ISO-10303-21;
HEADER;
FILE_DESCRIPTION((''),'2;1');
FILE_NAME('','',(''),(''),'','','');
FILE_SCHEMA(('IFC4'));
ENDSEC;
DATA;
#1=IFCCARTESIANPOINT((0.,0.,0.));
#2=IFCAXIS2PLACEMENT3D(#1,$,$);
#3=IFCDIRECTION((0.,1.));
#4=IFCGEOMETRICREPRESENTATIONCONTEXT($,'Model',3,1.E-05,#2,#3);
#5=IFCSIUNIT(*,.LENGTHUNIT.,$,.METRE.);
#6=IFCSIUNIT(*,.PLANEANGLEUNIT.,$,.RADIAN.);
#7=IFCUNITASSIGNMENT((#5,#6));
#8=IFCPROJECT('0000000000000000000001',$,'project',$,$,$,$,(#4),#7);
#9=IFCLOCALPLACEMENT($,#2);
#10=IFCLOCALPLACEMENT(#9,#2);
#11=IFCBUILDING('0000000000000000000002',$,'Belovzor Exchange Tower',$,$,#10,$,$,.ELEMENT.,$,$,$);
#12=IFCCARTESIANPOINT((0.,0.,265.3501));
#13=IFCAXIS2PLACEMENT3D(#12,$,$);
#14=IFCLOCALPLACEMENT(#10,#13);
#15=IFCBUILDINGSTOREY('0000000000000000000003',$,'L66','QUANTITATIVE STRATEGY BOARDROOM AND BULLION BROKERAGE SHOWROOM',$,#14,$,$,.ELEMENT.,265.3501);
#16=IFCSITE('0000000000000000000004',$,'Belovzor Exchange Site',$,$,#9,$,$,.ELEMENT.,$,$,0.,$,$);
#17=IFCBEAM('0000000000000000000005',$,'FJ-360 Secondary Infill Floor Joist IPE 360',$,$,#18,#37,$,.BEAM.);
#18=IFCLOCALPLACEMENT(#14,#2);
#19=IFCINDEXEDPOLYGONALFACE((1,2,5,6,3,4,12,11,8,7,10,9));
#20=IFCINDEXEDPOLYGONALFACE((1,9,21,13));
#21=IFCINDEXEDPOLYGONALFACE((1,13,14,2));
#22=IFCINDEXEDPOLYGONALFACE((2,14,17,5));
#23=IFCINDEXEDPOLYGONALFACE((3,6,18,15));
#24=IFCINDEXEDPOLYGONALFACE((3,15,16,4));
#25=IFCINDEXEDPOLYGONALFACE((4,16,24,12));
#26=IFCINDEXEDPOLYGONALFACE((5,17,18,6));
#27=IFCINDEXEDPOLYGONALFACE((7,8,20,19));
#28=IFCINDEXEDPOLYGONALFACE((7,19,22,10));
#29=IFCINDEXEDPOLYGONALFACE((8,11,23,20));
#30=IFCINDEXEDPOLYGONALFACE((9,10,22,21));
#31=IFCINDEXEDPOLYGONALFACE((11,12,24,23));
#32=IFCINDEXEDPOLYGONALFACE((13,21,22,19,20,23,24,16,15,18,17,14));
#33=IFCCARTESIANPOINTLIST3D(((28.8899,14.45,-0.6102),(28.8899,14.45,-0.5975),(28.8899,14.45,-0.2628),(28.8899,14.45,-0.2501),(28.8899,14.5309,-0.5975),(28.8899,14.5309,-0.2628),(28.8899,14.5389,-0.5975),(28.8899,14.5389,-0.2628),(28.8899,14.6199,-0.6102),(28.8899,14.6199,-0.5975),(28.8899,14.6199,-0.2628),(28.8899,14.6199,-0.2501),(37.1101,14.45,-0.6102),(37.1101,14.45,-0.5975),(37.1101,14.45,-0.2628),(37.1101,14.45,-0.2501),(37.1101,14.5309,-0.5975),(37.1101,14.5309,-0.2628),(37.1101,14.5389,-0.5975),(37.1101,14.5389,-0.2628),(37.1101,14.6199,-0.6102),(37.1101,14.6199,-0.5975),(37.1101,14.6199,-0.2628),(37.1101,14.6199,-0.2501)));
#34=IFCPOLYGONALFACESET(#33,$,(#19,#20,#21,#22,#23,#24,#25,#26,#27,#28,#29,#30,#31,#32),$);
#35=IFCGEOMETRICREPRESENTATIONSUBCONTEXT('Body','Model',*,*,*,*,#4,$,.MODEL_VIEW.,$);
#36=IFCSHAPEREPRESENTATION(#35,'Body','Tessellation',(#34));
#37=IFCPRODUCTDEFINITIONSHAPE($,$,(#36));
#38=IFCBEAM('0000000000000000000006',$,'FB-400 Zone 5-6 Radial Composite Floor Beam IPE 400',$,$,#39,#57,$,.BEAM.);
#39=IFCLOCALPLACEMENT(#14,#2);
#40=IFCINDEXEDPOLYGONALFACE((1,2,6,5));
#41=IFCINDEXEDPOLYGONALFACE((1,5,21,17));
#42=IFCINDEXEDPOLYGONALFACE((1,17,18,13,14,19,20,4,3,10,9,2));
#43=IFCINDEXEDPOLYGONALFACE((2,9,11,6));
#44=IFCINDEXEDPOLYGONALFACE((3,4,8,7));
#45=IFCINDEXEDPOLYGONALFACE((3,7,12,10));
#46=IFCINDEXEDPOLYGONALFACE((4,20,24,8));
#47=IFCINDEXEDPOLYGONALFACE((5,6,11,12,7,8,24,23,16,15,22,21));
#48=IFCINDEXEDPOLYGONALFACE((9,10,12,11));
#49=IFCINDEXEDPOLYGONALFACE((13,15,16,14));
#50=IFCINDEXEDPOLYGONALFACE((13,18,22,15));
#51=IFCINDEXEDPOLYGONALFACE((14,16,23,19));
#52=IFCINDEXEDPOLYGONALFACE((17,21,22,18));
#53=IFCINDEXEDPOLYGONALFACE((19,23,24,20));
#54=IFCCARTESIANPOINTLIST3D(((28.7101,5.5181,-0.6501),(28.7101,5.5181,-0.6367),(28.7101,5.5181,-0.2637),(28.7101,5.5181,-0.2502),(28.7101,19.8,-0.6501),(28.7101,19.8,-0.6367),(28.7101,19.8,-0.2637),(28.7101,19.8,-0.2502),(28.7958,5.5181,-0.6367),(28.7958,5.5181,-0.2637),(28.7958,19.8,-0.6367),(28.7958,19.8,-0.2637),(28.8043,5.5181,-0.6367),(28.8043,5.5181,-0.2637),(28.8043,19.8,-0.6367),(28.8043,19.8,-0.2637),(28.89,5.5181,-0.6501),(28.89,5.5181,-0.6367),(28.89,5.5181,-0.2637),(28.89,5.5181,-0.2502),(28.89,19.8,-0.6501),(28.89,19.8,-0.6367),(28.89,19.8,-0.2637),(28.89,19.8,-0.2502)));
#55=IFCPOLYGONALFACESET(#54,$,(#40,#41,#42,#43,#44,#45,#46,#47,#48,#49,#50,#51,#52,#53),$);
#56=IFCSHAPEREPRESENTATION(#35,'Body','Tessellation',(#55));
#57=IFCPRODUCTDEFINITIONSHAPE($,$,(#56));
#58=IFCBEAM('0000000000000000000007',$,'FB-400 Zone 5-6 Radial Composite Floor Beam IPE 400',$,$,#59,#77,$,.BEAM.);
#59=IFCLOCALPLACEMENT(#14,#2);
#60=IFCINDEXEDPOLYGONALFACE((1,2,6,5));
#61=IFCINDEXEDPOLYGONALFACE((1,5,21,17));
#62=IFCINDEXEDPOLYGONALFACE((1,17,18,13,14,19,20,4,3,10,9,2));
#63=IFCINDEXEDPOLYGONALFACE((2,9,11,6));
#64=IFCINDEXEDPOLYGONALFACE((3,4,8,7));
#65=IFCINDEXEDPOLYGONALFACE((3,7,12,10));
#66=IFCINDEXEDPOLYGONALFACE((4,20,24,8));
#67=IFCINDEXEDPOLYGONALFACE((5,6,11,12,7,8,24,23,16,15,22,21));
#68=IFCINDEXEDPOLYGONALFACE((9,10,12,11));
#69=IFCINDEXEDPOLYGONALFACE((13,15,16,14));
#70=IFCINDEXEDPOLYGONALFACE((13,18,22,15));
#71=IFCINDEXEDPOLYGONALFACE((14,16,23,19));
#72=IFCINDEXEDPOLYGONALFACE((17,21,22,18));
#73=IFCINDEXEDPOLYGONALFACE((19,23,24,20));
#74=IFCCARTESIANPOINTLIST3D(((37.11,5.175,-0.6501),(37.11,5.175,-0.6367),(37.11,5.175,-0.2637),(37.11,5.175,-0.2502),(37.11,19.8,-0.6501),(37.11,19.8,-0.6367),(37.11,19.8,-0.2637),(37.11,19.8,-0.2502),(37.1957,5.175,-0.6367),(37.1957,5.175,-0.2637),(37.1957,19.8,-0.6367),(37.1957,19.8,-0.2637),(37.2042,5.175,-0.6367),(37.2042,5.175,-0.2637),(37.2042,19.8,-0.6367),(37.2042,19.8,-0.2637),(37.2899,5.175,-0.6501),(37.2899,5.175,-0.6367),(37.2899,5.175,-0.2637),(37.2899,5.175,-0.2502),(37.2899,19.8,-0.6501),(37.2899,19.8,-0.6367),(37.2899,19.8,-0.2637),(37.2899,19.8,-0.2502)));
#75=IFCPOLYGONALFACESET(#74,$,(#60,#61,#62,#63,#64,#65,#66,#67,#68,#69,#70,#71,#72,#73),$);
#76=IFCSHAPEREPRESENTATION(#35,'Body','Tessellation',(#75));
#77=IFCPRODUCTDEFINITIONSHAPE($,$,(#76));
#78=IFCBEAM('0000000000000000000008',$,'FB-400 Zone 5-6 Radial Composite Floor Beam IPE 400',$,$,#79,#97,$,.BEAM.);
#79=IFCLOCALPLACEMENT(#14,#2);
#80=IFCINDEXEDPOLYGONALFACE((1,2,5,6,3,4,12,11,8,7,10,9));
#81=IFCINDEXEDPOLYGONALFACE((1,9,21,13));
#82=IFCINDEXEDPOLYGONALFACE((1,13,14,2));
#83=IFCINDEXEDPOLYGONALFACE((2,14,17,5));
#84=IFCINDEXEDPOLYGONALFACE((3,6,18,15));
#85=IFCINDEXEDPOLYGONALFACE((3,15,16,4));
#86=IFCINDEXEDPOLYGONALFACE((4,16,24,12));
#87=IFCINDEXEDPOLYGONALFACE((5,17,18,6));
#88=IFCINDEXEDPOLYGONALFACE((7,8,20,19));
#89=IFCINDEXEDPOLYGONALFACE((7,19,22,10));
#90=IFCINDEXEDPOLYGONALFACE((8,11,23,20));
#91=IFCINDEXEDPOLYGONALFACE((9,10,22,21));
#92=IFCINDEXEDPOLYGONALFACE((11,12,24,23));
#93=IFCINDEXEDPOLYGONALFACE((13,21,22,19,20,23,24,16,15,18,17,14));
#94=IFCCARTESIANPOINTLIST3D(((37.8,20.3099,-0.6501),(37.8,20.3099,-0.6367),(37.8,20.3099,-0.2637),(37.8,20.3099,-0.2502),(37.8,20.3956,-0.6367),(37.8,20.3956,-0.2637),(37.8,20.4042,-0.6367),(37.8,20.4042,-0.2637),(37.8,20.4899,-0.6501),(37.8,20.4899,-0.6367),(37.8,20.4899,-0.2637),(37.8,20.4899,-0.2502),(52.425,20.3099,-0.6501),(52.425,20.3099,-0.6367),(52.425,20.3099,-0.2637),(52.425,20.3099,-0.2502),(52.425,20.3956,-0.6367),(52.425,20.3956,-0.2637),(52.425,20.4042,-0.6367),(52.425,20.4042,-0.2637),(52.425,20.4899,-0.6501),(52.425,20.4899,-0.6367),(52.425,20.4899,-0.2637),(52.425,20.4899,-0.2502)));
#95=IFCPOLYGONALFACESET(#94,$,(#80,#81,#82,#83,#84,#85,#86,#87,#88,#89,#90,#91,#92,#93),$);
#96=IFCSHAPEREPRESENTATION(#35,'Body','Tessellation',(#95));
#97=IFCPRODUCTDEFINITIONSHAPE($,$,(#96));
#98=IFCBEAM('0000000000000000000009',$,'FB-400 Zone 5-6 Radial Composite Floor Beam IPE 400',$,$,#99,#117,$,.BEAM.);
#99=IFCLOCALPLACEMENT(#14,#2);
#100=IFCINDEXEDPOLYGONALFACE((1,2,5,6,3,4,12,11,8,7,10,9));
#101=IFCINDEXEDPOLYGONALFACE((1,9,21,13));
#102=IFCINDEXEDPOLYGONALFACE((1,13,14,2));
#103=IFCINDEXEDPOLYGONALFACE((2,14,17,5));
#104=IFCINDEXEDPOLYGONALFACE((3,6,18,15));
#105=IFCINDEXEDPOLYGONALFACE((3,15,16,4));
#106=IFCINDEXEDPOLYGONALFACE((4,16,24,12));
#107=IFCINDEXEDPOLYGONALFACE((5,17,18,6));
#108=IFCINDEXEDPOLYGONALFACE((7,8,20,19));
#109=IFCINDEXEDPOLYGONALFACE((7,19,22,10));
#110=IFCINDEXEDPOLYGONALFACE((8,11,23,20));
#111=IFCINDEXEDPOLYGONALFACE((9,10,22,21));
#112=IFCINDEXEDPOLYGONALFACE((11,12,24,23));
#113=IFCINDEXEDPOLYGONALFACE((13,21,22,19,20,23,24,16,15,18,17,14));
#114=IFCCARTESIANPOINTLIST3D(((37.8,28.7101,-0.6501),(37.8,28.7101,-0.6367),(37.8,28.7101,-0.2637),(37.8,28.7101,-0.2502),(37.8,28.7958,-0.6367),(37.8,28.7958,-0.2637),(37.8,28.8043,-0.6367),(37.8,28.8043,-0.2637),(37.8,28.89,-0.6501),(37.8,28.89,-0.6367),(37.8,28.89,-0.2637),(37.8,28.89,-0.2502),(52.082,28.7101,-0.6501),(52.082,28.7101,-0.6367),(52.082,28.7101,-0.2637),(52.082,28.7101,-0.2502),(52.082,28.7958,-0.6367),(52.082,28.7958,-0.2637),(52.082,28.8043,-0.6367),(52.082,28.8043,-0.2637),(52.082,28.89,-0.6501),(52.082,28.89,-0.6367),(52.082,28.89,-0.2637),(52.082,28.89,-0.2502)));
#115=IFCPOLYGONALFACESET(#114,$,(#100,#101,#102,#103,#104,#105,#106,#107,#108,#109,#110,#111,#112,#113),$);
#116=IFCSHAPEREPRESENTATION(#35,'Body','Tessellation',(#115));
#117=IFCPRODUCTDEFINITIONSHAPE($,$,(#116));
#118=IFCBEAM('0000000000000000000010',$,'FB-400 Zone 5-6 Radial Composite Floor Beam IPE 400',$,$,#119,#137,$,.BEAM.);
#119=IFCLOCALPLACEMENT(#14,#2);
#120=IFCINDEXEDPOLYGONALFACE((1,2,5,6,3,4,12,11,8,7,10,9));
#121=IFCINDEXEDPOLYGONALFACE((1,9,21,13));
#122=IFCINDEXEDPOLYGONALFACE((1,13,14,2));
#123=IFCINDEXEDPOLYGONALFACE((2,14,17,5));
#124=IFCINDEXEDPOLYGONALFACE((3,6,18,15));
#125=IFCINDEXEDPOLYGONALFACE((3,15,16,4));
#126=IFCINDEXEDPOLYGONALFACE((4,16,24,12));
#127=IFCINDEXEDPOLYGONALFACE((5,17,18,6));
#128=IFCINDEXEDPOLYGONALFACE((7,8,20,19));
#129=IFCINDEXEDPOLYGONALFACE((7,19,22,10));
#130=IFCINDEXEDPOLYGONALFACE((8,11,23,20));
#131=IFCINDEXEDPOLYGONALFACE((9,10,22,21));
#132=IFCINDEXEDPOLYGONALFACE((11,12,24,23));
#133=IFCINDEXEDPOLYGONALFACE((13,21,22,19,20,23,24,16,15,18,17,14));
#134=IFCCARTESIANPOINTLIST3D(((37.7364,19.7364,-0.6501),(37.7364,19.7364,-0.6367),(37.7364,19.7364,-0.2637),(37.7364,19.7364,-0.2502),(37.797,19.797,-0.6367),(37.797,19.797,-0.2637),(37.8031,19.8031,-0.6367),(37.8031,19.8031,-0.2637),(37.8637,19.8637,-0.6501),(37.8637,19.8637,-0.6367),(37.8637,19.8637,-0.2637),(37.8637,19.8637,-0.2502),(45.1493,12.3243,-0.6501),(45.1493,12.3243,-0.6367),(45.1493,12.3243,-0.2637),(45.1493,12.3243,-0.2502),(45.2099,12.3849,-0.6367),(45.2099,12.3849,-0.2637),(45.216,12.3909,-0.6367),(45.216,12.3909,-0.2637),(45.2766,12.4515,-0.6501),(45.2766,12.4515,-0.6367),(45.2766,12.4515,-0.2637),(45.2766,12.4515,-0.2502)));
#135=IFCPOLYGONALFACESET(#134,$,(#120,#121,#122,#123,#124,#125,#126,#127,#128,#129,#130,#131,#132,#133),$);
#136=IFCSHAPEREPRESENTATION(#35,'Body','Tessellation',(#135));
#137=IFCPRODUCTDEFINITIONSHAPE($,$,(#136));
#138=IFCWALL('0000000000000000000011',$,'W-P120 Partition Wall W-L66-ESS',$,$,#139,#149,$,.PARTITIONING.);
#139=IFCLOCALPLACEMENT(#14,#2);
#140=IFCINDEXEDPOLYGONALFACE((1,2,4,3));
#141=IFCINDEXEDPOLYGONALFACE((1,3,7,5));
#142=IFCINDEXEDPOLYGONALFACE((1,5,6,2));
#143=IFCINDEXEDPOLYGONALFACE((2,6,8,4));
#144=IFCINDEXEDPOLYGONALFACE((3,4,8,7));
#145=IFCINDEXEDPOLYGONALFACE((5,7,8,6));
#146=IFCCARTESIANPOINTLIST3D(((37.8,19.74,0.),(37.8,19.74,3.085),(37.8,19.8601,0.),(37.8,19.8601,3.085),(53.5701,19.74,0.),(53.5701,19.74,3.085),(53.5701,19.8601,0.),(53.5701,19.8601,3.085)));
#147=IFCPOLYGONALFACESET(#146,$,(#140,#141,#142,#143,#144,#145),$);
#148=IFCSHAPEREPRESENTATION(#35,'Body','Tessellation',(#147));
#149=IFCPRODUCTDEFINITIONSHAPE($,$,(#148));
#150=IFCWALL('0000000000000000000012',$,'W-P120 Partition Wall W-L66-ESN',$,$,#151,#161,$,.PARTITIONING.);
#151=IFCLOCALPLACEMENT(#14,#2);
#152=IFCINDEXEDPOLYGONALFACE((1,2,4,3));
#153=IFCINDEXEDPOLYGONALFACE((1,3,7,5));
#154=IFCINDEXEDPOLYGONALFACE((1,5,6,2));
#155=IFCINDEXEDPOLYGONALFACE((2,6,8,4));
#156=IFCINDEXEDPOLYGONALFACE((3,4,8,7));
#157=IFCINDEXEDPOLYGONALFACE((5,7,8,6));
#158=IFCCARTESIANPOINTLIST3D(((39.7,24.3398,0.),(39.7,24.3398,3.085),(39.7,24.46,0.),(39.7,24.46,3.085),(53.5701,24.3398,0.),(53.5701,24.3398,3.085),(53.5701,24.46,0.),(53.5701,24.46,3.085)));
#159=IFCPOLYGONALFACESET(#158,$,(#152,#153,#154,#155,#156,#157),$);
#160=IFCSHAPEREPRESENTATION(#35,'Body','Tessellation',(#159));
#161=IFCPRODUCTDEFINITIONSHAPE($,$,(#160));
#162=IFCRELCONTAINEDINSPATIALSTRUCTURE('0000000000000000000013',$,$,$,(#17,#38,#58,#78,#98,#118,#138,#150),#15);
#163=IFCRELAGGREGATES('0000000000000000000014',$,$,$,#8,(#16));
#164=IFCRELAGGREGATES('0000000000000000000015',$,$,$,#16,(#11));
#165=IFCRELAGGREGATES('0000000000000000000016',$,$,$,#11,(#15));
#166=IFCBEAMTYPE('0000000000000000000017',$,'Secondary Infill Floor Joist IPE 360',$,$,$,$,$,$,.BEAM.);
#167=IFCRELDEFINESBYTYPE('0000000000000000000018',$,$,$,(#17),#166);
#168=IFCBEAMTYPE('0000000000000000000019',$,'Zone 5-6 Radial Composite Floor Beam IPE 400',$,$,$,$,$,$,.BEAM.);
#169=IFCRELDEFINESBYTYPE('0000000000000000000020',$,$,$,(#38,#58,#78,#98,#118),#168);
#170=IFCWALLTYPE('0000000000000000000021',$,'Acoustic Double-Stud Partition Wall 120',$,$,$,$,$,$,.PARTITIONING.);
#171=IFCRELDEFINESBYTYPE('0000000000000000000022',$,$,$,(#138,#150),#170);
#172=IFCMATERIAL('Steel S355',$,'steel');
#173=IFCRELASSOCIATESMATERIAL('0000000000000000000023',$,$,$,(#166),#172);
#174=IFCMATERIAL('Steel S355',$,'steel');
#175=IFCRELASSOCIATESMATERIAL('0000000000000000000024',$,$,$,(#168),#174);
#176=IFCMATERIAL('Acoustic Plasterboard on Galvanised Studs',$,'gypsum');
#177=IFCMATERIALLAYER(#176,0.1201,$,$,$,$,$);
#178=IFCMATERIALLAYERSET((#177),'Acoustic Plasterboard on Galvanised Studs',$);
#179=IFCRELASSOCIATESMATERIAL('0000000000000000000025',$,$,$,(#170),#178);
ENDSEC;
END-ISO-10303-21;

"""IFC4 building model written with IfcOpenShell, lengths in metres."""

from ifc_helpers import new_model, si_unit, direction, frame, frame_2d, origin, origin_2d, place, context, subcontext, project, spatial, rectangle, i_section, extrude, material, layer, layer_set, material_profile, profile_set, type_object, element, save


model = new_model("IFC4")

# Units and contexts
model_context = context("Model", 3, precision=1e-05, world=origin(), true_north=direction((0.0, 1.0)))
body_context = subcontext(model_context, "Body", "Model", "MODEL_VIEW")
ifc_project = project(units=[si_unit("LENGTHUNIT", "METRE"), si_unit("PLANEANGLEUNIT", "RADIAN")], contexts=[model_context])

# Site, building, storey
site_placement = place(None, origin())
site = spatial("IfcSite", under=ifc_project, at=site_placement, Name="Belovzor Exchange Site", CompositionType="ELEMENT", RefElevation=0.0)
building_placement = place(site_placement, origin())
building = spatial("IfcBuilding", under=site, at=building_placement, Name="Belovzor Exchange Tower", CompositionType="ELEMENT")
storey_placement = place(building_placement, frame((0.0, 0.0, 265.3501)))
storey = spatial("IfcBuildingStorey", under=building, at=storey_placement, Name="L66", Description="QUANTITATIVE STRATEGY BOARDROOM AND BULLION BROKERAGE SHOWROOM", CompositionType="ELEMENT", Elevation=265.3501)

# Beams
ifc_material_1 = material(Name="Steel S355", Category="steel")
ifc_material_profile_1 = material_profile(ifc_material_1, i_section(OverallWidth=0.1699, OverallDepth=0.3601, WebThickness=0.0081, FlangeThickness=0.0127, at=origin_2d()))
ifc_profile_set_1 = profile_set([ifc_material_profile_1], Name="Steel S355")
beam_type_1 = type_object("IfcBeamType", Name="Secondary Infill Floor Joist IPE 360", PredefinedType="BEAM", material=ifc_profile_set_1)
beam_1_placement = place(storey_placement, frame((28.8899, 14.5349, -0.4302), z_axis=(1.0, 0.0, 0.0), x_axis=(0.0, 1.0, 0.0)))
element("IfcBeam", 1, at=beam_1_placement, inside=storey, type_object=beam_type_1, Name="FJ-360 Secondary Infill Floor Joist IPE 360", PredefinedType="BEAM", context=body_context, shape_type="SweptSolid", body=[
    extrude(i_section(OverallWidth=0.1699, OverallDepth=0.3601, WebThickness=0.0081, FlangeThickness=0.0127, at=origin_2d()), origin(), (0.0, 0.0, 1.0), 8.2202),
])
ifc_material_2 = material(Name="Steel S355", Category="steel")
ifc_material_profile_2 = material_profile(ifc_material_2, i_section(OverallWidth=0.1799, OverallDepth=0.3999, WebThickness=0.0085, FlangeThickness=0.0134, at=origin_2d()))
ifc_profile_set_2 = profile_set([ifc_material_profile_2], Name="Steel S355")
beam_type_2 = type_object("IfcBeamType", Name="Zone 5-6 Radial Composite Floor Beam IPE 400", PredefinedType="BEAM", material=ifc_profile_set_2)
beam_2_placement = place(storey_placement, frame((28.8, 19.8, -0.4502), z_axis=(0.0, -1.0, 0.0), x_axis=(1.0, 0.0, 0.0)))
element("IfcBeam", 2, at=beam_2_placement, inside=storey, type_object=beam_type_2, Name="FB-400 Zone 5-6 Radial Composite Floor Beam IPE 400", PredefinedType="BEAM", context=body_context, shape_type="SweptSolid", body=[
    extrude(i_section(OverallWidth=0.1799, OverallDepth=0.3999, WebThickness=0.0085, FlangeThickness=0.0134, at=origin_2d()), origin(), (0.0, 0.0, 1.0), 14.282),
])
for number, where, z_axis, x_axis, name in (
    (3, (37.2, 19.8, -0.4502), (0.0, -1.0, 0.0), (1.0, 0.0, 0.0), "FB-400 Zone 5-6 Radial Composite Floor Beam IPE 400"),
    (4, (37.8, 20.3999, -0.4502), (1.0, 0.0, 0.0), (0.0, 1.0, 0.0), "FB-400 Zone 5-6 Radial Composite Floor Beam IPE 400"),
):
    element("IfcBeam", number, at=place(storey_placement, frame(where, z_axis=z_axis, x_axis=x_axis)), inside=storey, type_object=beam_type_2, Name=name, PredefinedType="BEAM", context=body_context, shape_type="SweptSolid", body=[
        extrude(i_section(OverallWidth=0.1799, OverallDepth=0.3999, WebThickness=0.0085, FlangeThickness=0.0134, at=origin_2d()), origin(), (0.0, 0.0, 1.0), 14.625),
    ])
beam_3_placement = place(storey_placement, frame((37.8, 28.8, -0.4502), z_axis=(1.0, 0.0, 0.0), x_axis=(0.0, 1.0, 0.0)))
element("IfcBeam", 5, at=beam_3_placement, inside=storey, type_object=beam_type_2, Name="FB-400 Zone 5-6 Radial Composite Floor Beam IPE 400", PredefinedType="BEAM", context=body_context, shape_type="SweptSolid", body=[
    extrude(i_section(OverallWidth=0.1799, OverallDepth=0.3999, WebThickness=0.0085, FlangeThickness=0.0134, at=origin_2d()), origin(), (0.0, 0.0, 1.0), 14.282),
])
beam_4_placement = place(storey_placement, frame((37.8, 19.8, -0.4502), z_axis=(0.707142, -0.707072, 0.0), x_axis=(0.707072, 0.707142, 0.0)))
element("IfcBeam", 6, at=beam_4_placement, inside=storey, type_object=beam_type_2, Name="FB-400 Zone 5-6 Radial Composite Floor Beam IPE 400", PredefinedType="BEAM", context=body_context, shape_type="SweptSolid", body=[
    extrude(i_section(OverallWidth=0.1799, OverallDepth=0.3999, WebThickness=0.0085, FlangeThickness=0.0134, at=origin_2d()), origin(), (0.0, 0.0, 1.0), 10.4829),
])

# Walls
ifc_material_3 = material(Name="Acoustic Plasterboard on Galvanised Studs", Category="gypsum")
ifc_layer_1 = layer(ifc_material_3, 0.1201)
ifc_layer_set_1 = layer_set([ifc_layer_1], Name="Acoustic Plasterboard on Galvanised Studs")
wall_type_1 = type_object("IfcWallType", Name="Acoustic Double-Stud Partition Wall 120", PredefinedType="PARTITIONING", material=ifc_layer_set_1)
wall_1_placement = place(storey_placement, frame((37.8, 19.8, 0.0), z_axis=(0.0, 0.0, 1.0), x_axis=(1.0, 0.0, 0.0)))
element("IfcWall", 7, at=wall_1_placement, inside=storey, type_object=wall_type_1, Name="W-P120 Partition Wall W-L66-ESS", PredefinedType="PARTITIONING", context=body_context, shape_type="SweptSolid", body=[
    extrude(rectangle(XDim=15.77, YDim=0.1201, at=frame_2d((7.885, 0.0))), origin(), (0.0, 0.0, 1.0), 3.085),
])
wall_2_placement = place(storey_placement, frame((39.7, 24.3999, 0.0), z_axis=(0.0, 0.0, 1.0), x_axis=(1.0, 0.0, 0.0)))
element("IfcWall", 8, at=wall_2_placement, inside=storey, type_object=wall_type_1, Name="W-P120 Partition Wall W-L66-ESN", PredefinedType="PARTITIONING", context=body_context, shape_type="SweptSolid", body=[
    extrude(rectangle(XDim=13.8701, YDim=0.1201, at=frame_2d((6.9351, 0.0))), origin(), (0.0, 0.0, 1.0), 3.085),
])

save(model, "model.ifc")
